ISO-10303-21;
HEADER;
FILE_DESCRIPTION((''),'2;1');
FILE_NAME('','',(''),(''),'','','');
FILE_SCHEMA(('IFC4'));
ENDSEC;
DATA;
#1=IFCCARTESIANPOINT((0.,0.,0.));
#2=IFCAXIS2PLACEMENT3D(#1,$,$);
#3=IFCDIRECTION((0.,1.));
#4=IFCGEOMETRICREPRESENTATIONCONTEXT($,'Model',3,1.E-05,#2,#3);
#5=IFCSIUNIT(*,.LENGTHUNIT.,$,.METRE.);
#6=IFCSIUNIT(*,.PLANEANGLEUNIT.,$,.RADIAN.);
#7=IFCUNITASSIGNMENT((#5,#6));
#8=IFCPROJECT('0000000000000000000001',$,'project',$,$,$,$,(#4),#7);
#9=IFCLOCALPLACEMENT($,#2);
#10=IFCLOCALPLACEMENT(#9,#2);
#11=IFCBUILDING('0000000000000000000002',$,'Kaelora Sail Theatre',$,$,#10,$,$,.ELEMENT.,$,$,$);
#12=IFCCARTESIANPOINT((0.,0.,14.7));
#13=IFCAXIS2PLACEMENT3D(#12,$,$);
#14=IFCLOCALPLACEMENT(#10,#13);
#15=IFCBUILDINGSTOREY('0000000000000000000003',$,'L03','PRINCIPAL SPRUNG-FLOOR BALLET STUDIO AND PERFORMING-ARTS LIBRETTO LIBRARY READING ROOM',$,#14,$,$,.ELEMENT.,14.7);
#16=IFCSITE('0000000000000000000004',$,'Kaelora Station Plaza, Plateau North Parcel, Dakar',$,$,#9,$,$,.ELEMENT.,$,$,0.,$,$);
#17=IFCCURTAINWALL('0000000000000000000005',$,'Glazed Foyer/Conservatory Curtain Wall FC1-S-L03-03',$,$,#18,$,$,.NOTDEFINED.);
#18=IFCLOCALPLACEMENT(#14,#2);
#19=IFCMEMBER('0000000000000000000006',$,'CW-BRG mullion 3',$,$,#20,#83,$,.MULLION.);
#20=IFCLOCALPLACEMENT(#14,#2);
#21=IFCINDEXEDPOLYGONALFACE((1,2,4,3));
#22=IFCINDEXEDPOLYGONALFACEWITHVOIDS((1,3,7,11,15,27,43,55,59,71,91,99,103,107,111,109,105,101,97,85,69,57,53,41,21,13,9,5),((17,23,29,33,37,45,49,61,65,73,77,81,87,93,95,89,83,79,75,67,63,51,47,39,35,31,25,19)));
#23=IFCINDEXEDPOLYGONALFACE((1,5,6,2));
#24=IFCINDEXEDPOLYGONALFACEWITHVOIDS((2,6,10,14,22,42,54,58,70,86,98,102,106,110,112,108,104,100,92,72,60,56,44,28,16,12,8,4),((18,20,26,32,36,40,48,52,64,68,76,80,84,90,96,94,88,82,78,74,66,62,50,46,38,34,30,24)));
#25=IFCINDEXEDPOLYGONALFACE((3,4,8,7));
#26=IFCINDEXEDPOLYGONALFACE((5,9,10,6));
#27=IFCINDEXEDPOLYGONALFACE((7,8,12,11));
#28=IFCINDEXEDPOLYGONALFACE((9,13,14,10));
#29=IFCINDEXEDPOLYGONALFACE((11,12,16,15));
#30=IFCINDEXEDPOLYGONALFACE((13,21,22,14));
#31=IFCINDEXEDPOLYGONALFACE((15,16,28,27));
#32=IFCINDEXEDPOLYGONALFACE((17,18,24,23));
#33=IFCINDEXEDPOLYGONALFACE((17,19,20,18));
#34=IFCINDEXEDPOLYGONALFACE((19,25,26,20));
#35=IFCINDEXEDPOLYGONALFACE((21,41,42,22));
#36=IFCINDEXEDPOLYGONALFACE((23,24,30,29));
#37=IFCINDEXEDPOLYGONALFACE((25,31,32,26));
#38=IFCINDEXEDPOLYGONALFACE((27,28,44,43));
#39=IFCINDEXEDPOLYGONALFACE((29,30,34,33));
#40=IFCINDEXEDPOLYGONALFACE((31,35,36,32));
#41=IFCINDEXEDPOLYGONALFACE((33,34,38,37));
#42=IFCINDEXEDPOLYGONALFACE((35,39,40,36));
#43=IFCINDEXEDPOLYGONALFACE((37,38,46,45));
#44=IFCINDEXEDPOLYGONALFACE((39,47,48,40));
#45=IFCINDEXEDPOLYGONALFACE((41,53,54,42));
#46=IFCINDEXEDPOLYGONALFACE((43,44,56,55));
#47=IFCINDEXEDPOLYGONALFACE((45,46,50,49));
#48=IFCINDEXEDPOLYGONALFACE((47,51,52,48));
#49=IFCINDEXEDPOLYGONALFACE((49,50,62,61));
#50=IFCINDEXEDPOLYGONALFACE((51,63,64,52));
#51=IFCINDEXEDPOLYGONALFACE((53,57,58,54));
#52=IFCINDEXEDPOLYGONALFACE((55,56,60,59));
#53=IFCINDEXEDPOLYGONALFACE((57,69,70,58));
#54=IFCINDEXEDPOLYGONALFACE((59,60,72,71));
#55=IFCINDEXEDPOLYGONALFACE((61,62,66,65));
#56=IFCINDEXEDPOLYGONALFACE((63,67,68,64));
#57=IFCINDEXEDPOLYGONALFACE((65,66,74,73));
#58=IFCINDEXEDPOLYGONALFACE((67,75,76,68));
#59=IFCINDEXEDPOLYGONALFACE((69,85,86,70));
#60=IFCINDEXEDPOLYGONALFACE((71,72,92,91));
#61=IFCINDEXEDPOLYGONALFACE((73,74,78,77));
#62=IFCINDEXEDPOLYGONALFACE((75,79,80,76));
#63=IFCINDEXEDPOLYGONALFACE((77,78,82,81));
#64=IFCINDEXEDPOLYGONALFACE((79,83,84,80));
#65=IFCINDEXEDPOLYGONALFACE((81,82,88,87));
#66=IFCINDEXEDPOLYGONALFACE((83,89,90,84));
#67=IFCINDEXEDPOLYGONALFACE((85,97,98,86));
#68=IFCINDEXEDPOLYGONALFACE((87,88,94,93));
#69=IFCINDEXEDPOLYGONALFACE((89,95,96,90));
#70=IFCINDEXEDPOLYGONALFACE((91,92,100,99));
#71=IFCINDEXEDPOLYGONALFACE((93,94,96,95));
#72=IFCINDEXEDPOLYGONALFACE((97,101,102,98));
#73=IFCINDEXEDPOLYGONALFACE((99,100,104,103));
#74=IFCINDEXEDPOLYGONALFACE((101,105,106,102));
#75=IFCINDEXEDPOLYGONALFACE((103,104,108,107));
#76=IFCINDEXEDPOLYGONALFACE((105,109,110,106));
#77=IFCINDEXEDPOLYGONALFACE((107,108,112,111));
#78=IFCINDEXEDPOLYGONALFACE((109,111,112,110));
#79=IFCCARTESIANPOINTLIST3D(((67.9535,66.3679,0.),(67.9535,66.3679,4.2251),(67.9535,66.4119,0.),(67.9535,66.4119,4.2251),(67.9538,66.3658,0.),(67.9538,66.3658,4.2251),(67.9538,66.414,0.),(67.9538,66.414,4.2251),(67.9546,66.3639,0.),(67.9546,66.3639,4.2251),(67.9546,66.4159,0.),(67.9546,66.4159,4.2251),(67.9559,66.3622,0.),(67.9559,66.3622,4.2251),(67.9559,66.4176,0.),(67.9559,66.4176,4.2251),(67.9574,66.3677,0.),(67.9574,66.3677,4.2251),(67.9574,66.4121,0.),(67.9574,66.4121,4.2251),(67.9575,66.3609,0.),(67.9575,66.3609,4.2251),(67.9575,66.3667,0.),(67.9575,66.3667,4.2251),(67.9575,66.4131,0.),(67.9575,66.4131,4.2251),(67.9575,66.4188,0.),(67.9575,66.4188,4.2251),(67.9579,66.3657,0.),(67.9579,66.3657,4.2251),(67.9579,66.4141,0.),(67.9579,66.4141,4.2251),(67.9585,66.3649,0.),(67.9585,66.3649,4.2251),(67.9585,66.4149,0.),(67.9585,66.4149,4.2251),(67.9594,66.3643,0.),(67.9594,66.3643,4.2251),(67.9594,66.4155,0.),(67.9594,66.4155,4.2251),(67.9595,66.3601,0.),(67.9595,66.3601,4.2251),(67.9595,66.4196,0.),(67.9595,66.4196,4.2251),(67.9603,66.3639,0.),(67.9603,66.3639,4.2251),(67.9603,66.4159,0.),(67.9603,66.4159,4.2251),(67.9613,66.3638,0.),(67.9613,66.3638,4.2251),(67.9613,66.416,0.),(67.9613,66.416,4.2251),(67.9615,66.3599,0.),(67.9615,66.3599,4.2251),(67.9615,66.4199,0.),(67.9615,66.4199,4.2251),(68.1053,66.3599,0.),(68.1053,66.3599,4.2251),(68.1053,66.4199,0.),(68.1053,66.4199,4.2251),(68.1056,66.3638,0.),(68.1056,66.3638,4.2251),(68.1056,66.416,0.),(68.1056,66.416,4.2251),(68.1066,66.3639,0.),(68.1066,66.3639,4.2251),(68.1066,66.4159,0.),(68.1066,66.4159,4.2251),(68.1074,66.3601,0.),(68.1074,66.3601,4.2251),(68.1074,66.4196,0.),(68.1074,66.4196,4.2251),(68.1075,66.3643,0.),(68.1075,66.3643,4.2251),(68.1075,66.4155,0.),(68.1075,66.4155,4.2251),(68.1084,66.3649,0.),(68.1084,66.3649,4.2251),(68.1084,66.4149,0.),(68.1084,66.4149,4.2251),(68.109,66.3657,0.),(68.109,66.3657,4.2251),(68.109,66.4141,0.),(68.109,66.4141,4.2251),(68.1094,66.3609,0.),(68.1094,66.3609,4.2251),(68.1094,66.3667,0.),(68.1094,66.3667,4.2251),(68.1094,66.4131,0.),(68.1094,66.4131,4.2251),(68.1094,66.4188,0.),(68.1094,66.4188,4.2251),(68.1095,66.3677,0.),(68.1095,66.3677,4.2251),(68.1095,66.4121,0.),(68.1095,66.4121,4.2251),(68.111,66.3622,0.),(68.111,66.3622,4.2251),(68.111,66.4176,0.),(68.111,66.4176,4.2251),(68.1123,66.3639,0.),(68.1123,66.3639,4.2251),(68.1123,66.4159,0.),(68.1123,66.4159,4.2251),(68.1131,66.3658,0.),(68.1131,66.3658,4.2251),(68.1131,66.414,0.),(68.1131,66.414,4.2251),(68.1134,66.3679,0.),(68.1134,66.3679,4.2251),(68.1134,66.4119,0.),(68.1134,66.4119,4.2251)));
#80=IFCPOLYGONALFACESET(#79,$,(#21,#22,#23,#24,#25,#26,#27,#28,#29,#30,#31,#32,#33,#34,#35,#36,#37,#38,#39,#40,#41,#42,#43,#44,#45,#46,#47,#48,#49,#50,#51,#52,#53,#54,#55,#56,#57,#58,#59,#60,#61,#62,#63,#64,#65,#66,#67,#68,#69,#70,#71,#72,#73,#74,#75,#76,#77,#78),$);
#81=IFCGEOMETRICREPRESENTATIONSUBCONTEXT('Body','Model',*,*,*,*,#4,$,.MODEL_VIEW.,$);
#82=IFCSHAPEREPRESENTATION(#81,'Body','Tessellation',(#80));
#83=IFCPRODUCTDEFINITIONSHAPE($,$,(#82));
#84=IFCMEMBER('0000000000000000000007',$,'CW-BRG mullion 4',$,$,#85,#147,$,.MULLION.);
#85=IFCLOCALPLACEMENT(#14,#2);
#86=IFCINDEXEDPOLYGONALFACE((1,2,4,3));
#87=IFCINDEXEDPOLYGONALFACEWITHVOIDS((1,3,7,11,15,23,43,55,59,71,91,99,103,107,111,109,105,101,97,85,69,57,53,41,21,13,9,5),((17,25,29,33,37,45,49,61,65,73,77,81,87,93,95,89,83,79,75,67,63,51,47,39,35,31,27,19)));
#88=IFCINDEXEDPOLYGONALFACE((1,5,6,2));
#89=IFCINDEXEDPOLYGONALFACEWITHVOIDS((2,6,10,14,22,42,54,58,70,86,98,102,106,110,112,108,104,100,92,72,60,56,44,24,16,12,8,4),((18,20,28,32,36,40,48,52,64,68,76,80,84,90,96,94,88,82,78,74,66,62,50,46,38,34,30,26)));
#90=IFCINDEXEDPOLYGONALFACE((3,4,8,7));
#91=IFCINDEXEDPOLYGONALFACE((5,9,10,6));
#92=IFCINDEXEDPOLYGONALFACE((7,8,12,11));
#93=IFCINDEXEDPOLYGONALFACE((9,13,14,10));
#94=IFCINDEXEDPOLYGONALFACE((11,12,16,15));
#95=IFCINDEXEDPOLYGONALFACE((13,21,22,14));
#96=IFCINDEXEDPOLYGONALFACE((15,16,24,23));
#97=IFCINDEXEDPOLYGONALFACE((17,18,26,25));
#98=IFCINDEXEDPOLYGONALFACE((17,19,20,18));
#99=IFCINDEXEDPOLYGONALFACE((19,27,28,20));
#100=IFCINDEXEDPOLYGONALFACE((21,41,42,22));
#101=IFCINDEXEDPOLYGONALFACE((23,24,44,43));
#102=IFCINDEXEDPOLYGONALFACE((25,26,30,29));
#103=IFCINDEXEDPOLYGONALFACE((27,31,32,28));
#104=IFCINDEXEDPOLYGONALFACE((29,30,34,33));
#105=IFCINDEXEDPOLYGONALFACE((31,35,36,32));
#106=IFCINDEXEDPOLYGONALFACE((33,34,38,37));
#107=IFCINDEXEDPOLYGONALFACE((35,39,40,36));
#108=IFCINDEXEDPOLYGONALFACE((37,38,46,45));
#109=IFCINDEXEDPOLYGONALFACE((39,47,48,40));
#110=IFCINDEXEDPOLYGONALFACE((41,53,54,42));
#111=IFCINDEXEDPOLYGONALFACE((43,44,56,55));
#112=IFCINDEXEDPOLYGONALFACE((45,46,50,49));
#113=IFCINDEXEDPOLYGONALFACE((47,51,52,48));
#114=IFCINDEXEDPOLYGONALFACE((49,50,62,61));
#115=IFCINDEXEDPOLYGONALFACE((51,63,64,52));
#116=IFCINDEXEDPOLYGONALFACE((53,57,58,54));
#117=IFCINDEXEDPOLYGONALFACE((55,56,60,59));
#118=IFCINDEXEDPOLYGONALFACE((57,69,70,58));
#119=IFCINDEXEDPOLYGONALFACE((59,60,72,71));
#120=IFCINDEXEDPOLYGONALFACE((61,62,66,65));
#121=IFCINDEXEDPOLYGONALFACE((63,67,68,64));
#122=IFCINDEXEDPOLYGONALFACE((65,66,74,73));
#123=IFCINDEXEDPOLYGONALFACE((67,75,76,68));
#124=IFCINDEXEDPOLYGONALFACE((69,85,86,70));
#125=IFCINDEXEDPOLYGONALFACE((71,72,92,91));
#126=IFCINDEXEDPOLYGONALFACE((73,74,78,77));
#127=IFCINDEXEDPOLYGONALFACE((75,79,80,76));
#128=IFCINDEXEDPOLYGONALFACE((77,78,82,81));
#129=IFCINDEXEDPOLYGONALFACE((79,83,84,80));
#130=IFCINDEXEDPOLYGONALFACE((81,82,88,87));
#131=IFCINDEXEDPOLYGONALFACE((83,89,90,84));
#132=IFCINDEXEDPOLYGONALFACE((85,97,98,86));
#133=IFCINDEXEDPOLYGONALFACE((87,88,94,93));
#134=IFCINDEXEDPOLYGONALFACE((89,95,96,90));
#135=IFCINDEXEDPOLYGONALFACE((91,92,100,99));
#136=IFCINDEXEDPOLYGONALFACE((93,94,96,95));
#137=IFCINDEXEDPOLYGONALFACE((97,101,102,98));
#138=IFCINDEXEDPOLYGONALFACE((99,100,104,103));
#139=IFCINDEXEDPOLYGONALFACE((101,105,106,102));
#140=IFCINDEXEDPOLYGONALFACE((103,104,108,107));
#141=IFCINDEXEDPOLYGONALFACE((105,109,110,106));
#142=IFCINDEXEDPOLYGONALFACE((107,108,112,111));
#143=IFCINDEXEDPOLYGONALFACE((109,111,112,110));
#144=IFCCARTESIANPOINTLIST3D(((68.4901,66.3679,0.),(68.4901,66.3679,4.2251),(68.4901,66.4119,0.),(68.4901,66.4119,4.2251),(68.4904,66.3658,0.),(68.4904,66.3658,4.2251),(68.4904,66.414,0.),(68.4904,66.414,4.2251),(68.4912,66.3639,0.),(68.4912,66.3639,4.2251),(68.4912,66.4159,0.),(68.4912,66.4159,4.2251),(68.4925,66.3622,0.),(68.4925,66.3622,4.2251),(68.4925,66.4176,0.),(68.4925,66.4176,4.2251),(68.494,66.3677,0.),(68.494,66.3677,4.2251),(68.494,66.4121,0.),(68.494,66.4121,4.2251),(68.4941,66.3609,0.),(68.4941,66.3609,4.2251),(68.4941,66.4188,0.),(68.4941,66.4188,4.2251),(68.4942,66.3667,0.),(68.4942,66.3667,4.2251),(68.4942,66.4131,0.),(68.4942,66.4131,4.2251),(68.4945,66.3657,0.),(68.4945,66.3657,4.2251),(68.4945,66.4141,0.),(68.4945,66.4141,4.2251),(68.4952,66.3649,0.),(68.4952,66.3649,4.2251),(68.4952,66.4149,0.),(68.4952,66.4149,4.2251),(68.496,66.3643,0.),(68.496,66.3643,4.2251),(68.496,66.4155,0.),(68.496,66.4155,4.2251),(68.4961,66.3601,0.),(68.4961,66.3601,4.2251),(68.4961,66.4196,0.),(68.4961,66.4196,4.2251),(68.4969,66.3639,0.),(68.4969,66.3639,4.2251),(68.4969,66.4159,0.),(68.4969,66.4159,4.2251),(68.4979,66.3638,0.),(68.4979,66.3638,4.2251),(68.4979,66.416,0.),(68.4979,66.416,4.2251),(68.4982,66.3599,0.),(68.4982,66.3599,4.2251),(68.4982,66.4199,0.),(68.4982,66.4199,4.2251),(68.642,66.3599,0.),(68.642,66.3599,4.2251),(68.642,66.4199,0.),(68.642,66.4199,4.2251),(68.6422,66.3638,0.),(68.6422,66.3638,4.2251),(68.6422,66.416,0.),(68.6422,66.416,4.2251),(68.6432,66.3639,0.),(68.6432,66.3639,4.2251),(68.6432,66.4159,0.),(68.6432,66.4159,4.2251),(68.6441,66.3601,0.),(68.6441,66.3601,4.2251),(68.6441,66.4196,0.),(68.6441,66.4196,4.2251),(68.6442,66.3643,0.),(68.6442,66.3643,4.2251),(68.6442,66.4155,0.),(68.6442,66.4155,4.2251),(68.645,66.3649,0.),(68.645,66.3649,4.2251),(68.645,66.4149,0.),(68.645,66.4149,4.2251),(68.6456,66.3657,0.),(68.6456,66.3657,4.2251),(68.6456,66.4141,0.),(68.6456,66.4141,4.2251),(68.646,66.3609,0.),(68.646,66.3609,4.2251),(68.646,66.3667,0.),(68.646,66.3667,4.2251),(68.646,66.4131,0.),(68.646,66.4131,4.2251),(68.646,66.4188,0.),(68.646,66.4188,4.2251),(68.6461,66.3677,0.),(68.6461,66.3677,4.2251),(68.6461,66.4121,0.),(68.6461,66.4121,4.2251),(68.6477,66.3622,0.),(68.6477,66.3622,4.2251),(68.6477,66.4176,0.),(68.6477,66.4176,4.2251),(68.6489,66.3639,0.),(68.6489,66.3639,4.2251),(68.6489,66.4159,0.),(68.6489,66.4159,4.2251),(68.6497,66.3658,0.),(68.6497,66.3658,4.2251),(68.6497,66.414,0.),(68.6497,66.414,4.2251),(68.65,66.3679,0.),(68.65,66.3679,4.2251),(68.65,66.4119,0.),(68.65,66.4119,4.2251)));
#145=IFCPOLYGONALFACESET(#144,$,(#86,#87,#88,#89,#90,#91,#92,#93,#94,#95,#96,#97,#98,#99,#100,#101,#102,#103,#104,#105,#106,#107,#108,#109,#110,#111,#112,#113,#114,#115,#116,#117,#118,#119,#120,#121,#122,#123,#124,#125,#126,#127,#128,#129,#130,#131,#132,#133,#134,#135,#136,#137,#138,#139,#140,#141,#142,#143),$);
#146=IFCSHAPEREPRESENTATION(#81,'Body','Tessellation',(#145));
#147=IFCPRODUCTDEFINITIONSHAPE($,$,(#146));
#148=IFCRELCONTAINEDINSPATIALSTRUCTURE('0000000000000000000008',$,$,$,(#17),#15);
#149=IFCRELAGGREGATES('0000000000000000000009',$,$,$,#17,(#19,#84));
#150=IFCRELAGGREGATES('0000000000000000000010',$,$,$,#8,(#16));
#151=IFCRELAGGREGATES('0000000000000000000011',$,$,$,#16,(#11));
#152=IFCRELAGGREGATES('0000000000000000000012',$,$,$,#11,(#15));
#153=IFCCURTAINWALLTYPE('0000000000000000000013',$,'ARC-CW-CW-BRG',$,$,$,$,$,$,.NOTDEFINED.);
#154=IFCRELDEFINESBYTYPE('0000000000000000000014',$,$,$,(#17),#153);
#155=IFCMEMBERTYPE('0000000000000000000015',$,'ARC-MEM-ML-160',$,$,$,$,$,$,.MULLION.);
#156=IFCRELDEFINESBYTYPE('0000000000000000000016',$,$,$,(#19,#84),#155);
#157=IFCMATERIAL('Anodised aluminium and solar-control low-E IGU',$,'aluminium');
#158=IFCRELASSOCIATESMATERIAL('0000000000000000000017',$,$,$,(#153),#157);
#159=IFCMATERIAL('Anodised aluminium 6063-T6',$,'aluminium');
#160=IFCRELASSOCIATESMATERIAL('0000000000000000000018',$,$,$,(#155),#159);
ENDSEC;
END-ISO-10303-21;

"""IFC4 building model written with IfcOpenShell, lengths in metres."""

from ifc_helpers import new_model, si_unit, direction, frame, origin, origin_2d, place, context, subcontext, project, spatial, hollow_rectangle, extrude, material, material_profile, profile_set, type_object, element, aggregate, save


model = new_model("IFC4")

# Units and contexts
model_context = context("Model", 3, precision=1e-05, world=origin(), true_north=direction((0.0, 1.0)))
body_context = subcontext(model_context, "Body", "Model", "MODEL_VIEW")
ifc_project = project(units=[si_unit("LENGTHUNIT", "METRE"), si_unit("PLANEANGLEUNIT", "RADIAN")], contexts=[model_context])

# Site, building, storey
site_placement = place(None, origin())
site = spatial("IfcSite", under=ifc_project, at=site_placement, Name="Kaelora Station Plaza, Plateau North Parcel, Dakar", CompositionType="ELEMENT", RefElevation=0.0)
building_placement = place(site_placement, origin())
building = spatial("IfcBuilding", under=site, at=building_placement, Name="Kaelora Sail Theatre", CompositionType="ELEMENT")
storey_placement = place(building_placement, frame((0.0, 0.0, 14.7)))
storey = spatial("IfcBuildingStorey", under=building, at=storey_placement, Name="L03", Description="PRINCIPAL SPRUNG-FLOOR BALLET STUDIO AND PERFORMING-ARTS LIBRETTO LIBRARY READING ROOM", CompositionType="ELEMENT", Elevation=14.7)

# Curtain wall, members
ifc_material_1 = material(Name="Anodised aluminium and solar-control low-E IGU", Category="aluminium")
curtain_wall_type = type_object("IfcCurtainWallType", Name="ARC-CW-CW-BRG", PredefinedType="NOTDEFINED", material=ifc_material_1)
curtain_wall_1_placement = place(storey_placement, origin())
curtain_wall_1 = element("IfcCurtainWall", 1, at=curtain_wall_1_placement, inside=storey, type_object=curtain_wall_type, Name="Glazed Foyer/Conservatory Curtain Wall FC1-S-L03-03", PredefinedType="NOTDEFINED")
ifc_material_2 = material(Name="Anodised aluminium 6063-T6", Category="aluminium")
ifc_material_profile_1 = material_profile(ifc_material_2, hollow_rectangle(XDim=0.0601, YDim=0.1599, WallThickness=0.0039, InnerFilletRadius=0.0039, OuterFilletRadius=0.0081, at=origin_2d()), Name="ALU-MULL 60x160x4")
ifc_profile_set_1 = profile_set([ifc_material_profile_1], Name="Anodised aluminium 6063-T6")
member_type_1 = type_object("IfcMemberType", Name="ARC-MEM-ML-160", PredefinedType="MULLION", material=ifc_profile_set_1)
member_1_placement = place(storey_placement, frame((68.0334, 66.3899, 0.0), z_axis=(0.0, 0.0, 1.0), x_axis=(0.0, 1.0, 0.0)))
member_1 = element("IfcMember", 2, at=member_1_placement, type_object=member_type_1, Name="CW-BRG mullion 3", PredefinedType="MULLION", context=body_context, shape_type="SweptSolid", body=[
    extrude(hollow_rectangle(XDim=0.0601, YDim=0.1599, WallThickness=0.0039, InnerFilletRadius=0.0039, OuterFilletRadius=0.0081, at=origin_2d()), origin(), (0.0, 0.0, 1.0), 4.2251),
])
member_2_placement = place(storey_placement, frame((68.5701, 66.3899, 0.0), z_axis=(0.0, 0.0, 1.0), x_axis=(0.0, 1.0, 0.0)))
member_2 = element("IfcMember", 3, at=member_2_placement, type_object=member_type_1, Name="CW-BRG mullion 4", PredefinedType="MULLION", context=body_context, shape_type="SweptSolid", body=[
    extrude(hollow_rectangle(XDim=0.0601, YDim=0.1599, WallThickness=0.0039, InnerFilletRadius=0.0039, OuterFilletRadius=0.0081, at=origin_2d()), origin(), (0.0, 0.0, 1.0), 4.2251),
])

aggregate(curtain_wall_1, [member_1, member_2])

save(model, "model.ifc")
